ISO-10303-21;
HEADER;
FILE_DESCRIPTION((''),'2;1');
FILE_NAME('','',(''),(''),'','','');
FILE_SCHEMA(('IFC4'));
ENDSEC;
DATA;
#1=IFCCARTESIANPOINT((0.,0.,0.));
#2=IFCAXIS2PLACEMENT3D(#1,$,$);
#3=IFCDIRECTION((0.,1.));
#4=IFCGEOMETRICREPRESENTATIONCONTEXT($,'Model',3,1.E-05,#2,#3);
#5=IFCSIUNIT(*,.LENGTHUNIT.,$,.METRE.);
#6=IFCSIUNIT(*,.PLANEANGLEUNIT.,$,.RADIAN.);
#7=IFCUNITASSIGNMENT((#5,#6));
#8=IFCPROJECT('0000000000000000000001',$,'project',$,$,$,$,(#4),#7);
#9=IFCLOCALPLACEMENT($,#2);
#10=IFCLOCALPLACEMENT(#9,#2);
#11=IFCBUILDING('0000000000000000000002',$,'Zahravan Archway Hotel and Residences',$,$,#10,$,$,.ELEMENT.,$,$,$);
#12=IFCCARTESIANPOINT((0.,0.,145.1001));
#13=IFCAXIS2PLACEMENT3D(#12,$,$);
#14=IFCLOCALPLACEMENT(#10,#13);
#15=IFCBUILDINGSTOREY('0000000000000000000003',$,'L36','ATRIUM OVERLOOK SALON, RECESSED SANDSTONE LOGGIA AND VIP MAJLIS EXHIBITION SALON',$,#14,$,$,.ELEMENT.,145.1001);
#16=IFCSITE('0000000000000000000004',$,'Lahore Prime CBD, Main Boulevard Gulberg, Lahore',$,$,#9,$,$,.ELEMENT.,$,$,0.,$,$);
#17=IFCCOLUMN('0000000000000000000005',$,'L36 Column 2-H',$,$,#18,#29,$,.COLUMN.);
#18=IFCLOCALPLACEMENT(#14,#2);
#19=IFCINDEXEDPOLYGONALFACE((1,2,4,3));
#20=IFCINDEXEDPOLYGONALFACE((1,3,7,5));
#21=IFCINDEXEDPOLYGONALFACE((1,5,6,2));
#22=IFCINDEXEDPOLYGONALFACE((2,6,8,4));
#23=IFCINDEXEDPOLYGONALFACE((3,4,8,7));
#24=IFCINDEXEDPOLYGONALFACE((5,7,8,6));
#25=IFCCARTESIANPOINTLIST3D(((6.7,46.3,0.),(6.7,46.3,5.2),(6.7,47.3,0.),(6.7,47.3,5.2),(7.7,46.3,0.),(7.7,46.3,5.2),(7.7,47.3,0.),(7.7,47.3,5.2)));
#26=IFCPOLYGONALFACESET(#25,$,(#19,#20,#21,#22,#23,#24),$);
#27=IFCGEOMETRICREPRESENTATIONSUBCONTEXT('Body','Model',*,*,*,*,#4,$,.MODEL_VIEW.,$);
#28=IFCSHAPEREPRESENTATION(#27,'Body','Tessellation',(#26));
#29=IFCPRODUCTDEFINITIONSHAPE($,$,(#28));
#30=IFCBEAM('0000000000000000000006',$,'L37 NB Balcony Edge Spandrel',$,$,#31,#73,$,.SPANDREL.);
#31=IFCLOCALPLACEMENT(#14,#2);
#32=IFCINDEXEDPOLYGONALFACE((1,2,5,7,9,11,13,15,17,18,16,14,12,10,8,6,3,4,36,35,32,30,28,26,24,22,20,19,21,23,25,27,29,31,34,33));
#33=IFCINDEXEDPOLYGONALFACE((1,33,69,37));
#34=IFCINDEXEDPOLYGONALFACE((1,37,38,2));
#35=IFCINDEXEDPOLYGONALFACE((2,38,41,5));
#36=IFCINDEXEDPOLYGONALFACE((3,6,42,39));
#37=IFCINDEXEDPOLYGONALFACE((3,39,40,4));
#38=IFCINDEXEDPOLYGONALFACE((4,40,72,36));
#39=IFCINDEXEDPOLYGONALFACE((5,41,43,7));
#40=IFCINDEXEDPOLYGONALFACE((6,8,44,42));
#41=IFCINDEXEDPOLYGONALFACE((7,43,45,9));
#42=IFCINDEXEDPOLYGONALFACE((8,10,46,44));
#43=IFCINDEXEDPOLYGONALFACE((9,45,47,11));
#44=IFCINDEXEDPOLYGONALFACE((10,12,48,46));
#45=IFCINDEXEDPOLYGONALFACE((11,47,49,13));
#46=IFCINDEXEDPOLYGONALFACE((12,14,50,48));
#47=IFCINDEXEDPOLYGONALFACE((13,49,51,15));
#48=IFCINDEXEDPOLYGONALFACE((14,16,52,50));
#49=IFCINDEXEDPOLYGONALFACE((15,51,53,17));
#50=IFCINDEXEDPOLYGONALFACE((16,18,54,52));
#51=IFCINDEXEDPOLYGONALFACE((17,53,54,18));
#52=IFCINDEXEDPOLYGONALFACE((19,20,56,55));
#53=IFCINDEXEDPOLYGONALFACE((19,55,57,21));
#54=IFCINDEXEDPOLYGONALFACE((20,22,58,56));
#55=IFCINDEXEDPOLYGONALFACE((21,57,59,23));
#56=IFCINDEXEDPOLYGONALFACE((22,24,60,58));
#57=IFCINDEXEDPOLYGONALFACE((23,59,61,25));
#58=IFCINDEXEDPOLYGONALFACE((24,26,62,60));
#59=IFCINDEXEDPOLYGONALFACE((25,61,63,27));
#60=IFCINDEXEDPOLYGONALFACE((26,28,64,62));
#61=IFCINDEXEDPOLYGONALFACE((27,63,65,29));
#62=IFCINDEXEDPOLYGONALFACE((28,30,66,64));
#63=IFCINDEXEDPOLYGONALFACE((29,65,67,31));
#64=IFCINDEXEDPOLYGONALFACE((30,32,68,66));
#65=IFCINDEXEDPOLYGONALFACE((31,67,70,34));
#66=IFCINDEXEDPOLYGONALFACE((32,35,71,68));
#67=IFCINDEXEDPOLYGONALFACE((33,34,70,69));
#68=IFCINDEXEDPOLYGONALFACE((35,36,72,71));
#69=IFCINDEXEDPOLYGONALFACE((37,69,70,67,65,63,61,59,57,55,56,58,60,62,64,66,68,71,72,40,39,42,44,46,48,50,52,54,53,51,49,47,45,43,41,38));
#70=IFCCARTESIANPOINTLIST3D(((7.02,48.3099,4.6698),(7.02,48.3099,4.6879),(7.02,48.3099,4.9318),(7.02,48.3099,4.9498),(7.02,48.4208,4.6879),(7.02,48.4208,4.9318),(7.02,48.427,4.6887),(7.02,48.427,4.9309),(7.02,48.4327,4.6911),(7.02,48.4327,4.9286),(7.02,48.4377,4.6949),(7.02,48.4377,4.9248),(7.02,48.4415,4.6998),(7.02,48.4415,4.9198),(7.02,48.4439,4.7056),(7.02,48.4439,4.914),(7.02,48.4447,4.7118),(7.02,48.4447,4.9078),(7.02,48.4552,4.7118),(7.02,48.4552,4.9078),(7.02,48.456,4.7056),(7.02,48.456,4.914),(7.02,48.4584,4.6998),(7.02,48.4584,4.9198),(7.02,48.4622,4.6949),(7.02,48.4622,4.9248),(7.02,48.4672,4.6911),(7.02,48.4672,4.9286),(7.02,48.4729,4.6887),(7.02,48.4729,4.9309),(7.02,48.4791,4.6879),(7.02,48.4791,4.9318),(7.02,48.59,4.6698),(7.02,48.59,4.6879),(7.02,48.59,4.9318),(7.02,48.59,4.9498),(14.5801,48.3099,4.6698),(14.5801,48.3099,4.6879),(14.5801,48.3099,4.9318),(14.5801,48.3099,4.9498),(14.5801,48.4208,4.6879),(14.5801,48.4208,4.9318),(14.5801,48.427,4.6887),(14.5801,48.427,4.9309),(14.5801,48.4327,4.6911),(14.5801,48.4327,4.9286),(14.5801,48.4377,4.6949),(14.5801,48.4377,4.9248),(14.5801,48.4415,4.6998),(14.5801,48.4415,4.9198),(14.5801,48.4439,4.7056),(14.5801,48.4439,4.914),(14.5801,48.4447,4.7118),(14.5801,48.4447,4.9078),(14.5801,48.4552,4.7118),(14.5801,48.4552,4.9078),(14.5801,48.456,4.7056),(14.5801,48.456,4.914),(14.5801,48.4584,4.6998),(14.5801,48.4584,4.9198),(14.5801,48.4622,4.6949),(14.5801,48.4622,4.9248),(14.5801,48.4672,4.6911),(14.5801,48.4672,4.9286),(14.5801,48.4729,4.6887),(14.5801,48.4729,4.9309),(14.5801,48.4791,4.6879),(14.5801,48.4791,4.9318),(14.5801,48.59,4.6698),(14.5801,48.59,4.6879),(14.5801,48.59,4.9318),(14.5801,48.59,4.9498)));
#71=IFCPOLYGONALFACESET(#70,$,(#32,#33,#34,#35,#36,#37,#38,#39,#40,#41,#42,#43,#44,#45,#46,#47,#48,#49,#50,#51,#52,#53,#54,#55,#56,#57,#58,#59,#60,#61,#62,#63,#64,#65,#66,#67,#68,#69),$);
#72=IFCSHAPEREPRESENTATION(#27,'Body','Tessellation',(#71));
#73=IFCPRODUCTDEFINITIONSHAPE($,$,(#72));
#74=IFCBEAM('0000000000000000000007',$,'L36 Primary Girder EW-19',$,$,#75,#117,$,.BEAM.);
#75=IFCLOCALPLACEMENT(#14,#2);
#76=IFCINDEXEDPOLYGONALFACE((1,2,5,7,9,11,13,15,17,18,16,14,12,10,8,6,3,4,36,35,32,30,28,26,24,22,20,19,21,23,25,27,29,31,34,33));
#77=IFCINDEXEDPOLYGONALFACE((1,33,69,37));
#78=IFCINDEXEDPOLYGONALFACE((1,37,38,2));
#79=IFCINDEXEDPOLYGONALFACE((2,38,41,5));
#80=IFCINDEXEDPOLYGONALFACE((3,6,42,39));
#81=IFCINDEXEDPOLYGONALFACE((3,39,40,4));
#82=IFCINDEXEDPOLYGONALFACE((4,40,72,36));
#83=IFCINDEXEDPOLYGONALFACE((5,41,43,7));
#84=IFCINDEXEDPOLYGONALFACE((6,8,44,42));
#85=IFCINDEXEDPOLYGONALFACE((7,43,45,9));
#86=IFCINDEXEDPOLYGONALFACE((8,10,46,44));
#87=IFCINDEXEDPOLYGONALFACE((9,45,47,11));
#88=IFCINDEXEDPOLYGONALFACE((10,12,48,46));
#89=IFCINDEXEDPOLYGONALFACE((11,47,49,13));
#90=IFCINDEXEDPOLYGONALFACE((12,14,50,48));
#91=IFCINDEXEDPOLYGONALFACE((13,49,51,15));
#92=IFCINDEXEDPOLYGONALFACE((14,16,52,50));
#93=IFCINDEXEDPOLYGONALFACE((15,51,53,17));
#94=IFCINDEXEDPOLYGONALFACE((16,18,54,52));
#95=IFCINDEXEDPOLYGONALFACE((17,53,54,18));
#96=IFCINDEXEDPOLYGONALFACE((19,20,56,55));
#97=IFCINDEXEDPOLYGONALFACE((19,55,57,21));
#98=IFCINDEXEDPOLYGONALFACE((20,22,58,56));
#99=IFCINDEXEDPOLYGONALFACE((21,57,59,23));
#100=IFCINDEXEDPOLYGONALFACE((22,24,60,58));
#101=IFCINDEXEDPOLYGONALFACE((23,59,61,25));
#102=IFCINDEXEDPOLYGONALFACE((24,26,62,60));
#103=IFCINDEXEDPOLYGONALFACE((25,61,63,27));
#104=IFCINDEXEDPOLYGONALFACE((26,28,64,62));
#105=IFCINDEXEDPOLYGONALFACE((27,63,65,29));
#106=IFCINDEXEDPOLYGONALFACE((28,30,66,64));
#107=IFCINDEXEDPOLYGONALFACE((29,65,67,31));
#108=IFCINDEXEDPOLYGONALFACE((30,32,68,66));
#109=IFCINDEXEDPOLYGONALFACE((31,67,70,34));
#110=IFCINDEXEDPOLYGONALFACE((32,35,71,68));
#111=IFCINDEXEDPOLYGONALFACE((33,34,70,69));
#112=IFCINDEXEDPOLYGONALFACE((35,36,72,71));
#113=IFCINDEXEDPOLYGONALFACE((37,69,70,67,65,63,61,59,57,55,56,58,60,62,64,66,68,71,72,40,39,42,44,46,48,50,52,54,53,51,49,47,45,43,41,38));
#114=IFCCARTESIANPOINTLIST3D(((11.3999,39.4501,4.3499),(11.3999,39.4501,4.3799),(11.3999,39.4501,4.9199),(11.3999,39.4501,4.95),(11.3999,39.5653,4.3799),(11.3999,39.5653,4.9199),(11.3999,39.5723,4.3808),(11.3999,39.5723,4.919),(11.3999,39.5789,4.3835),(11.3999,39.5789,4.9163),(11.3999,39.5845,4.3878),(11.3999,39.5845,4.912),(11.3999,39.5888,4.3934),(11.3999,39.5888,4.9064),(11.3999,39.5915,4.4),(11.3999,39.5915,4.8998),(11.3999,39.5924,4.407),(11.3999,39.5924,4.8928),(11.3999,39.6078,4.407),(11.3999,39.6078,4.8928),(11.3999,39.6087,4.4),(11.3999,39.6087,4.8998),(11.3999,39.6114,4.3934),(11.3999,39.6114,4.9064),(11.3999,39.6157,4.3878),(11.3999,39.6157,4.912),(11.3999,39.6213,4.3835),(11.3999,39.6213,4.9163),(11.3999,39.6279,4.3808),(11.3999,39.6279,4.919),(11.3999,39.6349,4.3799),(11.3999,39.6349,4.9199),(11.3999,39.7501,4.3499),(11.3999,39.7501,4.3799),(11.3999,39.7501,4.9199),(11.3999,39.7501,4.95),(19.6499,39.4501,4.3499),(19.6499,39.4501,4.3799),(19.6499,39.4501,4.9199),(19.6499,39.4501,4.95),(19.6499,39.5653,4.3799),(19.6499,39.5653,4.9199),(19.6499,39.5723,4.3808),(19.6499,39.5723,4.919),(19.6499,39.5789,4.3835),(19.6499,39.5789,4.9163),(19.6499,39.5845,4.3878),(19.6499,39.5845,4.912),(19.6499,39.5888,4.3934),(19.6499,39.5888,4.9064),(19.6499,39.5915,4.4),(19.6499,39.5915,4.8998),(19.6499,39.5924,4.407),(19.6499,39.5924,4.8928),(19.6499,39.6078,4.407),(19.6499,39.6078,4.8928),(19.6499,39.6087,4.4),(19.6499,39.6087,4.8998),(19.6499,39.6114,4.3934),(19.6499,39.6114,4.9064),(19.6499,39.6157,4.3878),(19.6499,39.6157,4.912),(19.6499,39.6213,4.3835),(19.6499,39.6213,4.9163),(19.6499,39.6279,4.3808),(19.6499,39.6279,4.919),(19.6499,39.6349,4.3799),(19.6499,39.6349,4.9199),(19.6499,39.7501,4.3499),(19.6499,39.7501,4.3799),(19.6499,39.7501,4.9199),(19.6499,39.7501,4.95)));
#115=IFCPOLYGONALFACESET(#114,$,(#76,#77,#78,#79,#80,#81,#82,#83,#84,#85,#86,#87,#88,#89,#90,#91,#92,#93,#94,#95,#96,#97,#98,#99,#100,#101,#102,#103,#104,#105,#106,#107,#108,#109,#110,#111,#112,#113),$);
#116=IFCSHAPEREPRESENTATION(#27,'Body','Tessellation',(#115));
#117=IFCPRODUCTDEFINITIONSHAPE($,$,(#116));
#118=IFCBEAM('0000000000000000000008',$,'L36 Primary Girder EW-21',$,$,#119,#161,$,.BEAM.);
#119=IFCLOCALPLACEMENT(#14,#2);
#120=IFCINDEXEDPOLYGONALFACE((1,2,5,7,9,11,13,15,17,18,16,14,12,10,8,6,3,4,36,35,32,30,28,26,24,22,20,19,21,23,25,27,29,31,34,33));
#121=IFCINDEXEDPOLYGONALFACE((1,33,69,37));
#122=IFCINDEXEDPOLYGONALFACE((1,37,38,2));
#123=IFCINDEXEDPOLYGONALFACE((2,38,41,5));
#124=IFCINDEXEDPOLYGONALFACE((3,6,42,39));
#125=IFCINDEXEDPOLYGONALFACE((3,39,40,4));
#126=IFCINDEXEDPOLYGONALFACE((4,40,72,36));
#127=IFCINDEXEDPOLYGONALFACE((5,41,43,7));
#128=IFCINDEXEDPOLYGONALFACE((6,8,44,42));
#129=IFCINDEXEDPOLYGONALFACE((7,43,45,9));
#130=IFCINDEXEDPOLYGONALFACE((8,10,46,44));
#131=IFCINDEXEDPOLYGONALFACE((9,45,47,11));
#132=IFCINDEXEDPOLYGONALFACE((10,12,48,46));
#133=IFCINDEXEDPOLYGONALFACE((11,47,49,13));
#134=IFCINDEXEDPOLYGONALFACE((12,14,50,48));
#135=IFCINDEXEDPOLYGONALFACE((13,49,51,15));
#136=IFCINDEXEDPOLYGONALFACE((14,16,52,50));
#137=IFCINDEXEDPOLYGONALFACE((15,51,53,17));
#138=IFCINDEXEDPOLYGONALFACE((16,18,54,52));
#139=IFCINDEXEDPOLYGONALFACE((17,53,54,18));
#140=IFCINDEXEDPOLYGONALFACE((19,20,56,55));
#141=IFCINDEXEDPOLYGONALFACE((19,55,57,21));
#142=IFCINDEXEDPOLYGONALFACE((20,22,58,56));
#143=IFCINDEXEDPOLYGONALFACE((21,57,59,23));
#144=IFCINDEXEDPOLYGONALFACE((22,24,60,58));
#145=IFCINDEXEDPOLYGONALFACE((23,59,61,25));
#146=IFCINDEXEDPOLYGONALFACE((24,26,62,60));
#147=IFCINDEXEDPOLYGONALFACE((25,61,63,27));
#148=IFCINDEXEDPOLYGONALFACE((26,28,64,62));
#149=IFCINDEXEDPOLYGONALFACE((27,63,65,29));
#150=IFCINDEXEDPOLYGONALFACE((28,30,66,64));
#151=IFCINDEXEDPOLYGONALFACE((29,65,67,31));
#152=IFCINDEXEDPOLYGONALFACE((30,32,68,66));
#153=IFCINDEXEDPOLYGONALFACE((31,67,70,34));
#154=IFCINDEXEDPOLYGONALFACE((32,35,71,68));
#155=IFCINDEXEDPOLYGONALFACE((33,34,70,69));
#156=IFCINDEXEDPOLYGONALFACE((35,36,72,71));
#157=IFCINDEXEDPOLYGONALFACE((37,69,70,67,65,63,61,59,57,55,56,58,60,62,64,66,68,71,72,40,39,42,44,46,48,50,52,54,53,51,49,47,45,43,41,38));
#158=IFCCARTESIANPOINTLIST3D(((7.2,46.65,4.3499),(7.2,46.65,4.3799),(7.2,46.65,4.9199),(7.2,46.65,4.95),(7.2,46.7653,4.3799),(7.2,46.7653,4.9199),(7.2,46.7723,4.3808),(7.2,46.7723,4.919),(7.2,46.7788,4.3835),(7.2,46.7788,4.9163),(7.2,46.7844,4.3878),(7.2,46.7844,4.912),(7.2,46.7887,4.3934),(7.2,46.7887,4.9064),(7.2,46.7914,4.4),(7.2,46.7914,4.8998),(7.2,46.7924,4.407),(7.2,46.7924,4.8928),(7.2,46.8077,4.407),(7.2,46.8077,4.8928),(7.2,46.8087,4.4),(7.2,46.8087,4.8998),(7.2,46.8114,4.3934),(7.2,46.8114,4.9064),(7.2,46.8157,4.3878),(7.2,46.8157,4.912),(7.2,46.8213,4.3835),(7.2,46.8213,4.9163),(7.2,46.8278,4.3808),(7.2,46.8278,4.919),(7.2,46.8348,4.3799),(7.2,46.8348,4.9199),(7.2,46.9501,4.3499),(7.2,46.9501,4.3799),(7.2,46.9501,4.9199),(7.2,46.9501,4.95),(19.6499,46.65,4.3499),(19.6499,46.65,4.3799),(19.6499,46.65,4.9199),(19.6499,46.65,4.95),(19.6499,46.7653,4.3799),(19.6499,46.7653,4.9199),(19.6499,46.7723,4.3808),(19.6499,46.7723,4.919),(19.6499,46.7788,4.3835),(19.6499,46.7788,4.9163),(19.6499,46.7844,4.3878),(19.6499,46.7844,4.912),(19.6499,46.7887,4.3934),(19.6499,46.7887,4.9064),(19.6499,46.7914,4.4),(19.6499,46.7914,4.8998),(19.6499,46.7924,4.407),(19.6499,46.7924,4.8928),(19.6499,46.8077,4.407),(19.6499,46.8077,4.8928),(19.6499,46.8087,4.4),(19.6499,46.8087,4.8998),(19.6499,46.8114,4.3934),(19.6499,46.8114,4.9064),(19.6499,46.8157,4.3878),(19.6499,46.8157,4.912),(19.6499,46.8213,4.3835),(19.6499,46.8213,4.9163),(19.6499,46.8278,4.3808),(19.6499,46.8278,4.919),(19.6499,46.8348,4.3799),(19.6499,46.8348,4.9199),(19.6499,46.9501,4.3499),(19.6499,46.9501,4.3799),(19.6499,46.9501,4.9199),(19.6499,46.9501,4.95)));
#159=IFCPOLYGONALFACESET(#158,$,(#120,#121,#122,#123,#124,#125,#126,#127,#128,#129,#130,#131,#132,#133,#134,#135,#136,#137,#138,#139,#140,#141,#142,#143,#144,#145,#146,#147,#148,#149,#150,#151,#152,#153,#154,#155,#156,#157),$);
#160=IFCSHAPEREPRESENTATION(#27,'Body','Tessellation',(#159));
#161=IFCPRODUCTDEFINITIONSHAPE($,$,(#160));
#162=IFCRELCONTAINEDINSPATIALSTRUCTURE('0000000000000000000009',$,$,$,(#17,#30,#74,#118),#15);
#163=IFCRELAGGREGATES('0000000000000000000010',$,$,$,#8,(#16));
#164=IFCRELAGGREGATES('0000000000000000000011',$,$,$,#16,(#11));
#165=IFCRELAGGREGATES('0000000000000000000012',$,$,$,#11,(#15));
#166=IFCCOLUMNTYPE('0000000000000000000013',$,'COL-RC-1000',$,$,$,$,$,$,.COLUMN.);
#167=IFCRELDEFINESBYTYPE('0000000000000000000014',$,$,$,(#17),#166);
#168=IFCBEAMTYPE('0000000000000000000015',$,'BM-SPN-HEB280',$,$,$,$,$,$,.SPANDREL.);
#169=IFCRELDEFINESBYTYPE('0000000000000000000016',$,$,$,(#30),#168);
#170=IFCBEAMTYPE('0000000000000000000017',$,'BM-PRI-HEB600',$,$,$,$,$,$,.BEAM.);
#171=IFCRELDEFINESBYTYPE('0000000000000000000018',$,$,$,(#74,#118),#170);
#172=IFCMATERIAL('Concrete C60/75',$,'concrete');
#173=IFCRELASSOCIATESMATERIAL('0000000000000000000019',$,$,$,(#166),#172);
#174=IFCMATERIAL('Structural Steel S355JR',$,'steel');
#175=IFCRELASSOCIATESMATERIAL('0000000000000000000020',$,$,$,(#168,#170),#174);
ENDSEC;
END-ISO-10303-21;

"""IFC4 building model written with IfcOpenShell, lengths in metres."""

from ifc_helpers import new_model, si_unit, direction, frame, origin, origin_2d, place, context, subcontext, project, spatial, rectangle, i_section, extrude, source, transform, mapped, material, material_profile, profile_set, type_object, type_shapes, element, save


model = new_model("IFC4")

# Units and contexts
model_context = context("Model", 3, precision=1e-05, world=origin(), true_north=direction((0.0, 1.0)))
body_context = subcontext(model_context, "Body", "Model", "MODEL_VIEW")
ifc_project = project(units=[si_unit("LENGTHUNIT", "METRE"), si_unit("PLANEANGLEUNIT", "RADIAN")], contexts=[model_context])

# Site, building, storey
site_placement = place(None, origin())
site = spatial("IfcSite", under=ifc_project, at=site_placement, Name="Lahore Prime CBD, Main Boulevard Gulberg, Lahore", CompositionType="ELEMENT", RefElevation=0.0)
building_placement = place(site_placement, origin())
building = spatial("IfcBuilding", under=site, at=building_placement, Name="Zahravan Archway Hotel and Residences", CompositionType="ELEMENT")
storey_placement = place(building_placement, frame((0.0, 0.0, 145.1001)))
storey = spatial("IfcBuildingStorey", under=building, at=storey_placement, Name="L36", Description="ATRIUM OVERLOOK SALON, RECESSED SANDSTONE LOGGIA AND VIP MAJLIS EXHIBITION SALON", CompositionType="ELEMENT", Elevation=145.1001)

# Column
ifc_material_1 = material(Name="Concrete C60/75", Category="concrete")
ifc_material_profile_1 = material_profile(ifc_material_1, rectangle(XDim=1.0, YDim=1.0, at=origin_2d()), Name="RC-COL-1000x1000", Category="concrete")
ifc_profile_set_1 = profile_set([ifc_material_profile_1], Name="Concrete C60/75")
column_type = type_object("IfcColumnType", Name="COL-RC-1000", PredefinedType="COLUMN", material=ifc_profile_set_1)
shared_shape_1 = source(origin(), body_context, "Body", "SweptSolid", [
    extrude(rectangle(XDim=1.0, YDim=1.0, at=origin_2d()), origin(), (0.0, 0.0, 1.0), 5.2),
])
column_placement = place(storey_placement, frame((7.2, 46.8, 0.0), z_axis=(0.0, 0.0, 1.0), x_axis=(1.0, 0.0, 0.0)))
element("IfcColumn", 1, at=column_placement, inside=storey, type_object=column_type, Name="L36 Column 2-H", PredefinedType="COLUMN", context=body_context, shape_type="MappedRepresentation", body=[
    mapped(shared_shape_1, transform((0.0, 0.0, 0.0), scale=1.0)),
])

# Beams
ifc_material_2 = material(Name="Structural Steel S355JR", Category="steel")
ifc_material_profile_2 = material_profile(ifc_material_2, i_section(OverallWidth=0.28, OverallDepth=0.28, WebThickness=0.0105, FlangeThickness=0.0181, FilletRadius=0.0239, at=origin_2d()), Name="HEB 280", Category="steel")
ifc_profile_set_2 = profile_set([ifc_material_profile_2], Name="Structural Steel S355JR")
beam_type_1 = type_object("IfcBeamType", Name="BM-SPN-HEB280", PredefinedType="SPANDREL", material=ifc_profile_set_2)
shared_shape_2 = source(origin(), body_context, "Body", "SweptSolid", [
    extrude(i_section(OverallWidth=0.28, OverallDepth=0.28, WebThickness=0.0105, FlangeThickness=0.0181, FilletRadius=0.0239, at=origin_2d()), origin(), (0.0, 0.0, 1.0), 7.5601),
])
type_shapes(beam_type_1, [shared_shape_2])
beam_1_placement = place(storey_placement, frame((7.02, 48.45, 4.8098), z_axis=(1.0, 0.0, 0.0), x_axis=(0.0, 1.0, 0.0)))
element("IfcBeam", 2, at=beam_1_placement, inside=storey, type_object=beam_type_1, Name="L37 NB Balcony Edge Spandrel", PredefinedType="SPANDREL", context=body_context, shape_type="MappedRepresentation", body=[
    mapped(shared_shape_2, transform((0.0, 0.0, 0.0), scale=1.0)),
])
ifc_material_profile_3 = material_profile(ifc_material_2, i_section(OverallWidth=0.3, OverallDepth=0.6001, WebThickness=0.0154, FlangeThickness=0.03, FilletRadius=0.0271, at=origin_2d()), Name="HEB 600", Category="steel")
ifc_profile_set_3 = profile_set([ifc_material_profile_3], Name="Structural Steel S355JR")
beam_type_2 = type_object("IfcBeamType", Name="BM-PRI-HEB600", PredefinedType="BEAM", material=ifc_profile_set_3)
shared_shape_3 = source(origin(), body_context, "Body", "SweptSolid", [
    extrude(i_section(OverallWidth=0.3, OverallDepth=0.6001, WebThickness=0.0154, FlangeThickness=0.03, FilletRadius=0.0271, at=origin_2d()), origin(), (0.0, 0.0, 1.0), 8.25),
])
beam_2_placement = place(storey_placement, frame((11.3999, 39.6001, 4.6499), z_axis=(1.0, 0.0, 0.0), x_axis=(0.0, 1.0, 0.0)))
element("IfcBeam", 3, at=beam_2_placement, inside=storey, type_object=beam_type_2, Name="L36 Primary Girder EW-19", PredefinedType="BEAM", context=body_context, shape_type="MappedRepresentation", body=[
    mapped(shared_shape_3, transform((0.0, 0.0, 0.0), scale=1.0)),
])
shared_shape_4 = source(origin(), body_context, "Body", "SweptSolid", [
    extrude(i_section(OverallWidth=0.3, OverallDepth=0.6001, WebThickness=0.0154, FlangeThickness=0.03, FilletRadius=0.0271, at=origin_2d()), origin(), (0.0, 0.0, 1.0), 12.45),
])
beam_3_placement = place(storey_placement, frame((7.2, 46.8, 4.6499), z_axis=(1.0, 0.0, 0.0), x_axis=(0.0, 1.0, 0.0)))
element("IfcBeam", 4, at=beam_3_placement, inside=storey, type_object=beam_type_2, Name="L36 Primary Girder EW-21", PredefinedType="BEAM", context=body_context, shape_type="MappedRepresentation", body=[
    mapped(shared_shape_4, transform((0.0, 0.0, 0.0), scale=1.0)),
])

save(model, "model.ifc")
